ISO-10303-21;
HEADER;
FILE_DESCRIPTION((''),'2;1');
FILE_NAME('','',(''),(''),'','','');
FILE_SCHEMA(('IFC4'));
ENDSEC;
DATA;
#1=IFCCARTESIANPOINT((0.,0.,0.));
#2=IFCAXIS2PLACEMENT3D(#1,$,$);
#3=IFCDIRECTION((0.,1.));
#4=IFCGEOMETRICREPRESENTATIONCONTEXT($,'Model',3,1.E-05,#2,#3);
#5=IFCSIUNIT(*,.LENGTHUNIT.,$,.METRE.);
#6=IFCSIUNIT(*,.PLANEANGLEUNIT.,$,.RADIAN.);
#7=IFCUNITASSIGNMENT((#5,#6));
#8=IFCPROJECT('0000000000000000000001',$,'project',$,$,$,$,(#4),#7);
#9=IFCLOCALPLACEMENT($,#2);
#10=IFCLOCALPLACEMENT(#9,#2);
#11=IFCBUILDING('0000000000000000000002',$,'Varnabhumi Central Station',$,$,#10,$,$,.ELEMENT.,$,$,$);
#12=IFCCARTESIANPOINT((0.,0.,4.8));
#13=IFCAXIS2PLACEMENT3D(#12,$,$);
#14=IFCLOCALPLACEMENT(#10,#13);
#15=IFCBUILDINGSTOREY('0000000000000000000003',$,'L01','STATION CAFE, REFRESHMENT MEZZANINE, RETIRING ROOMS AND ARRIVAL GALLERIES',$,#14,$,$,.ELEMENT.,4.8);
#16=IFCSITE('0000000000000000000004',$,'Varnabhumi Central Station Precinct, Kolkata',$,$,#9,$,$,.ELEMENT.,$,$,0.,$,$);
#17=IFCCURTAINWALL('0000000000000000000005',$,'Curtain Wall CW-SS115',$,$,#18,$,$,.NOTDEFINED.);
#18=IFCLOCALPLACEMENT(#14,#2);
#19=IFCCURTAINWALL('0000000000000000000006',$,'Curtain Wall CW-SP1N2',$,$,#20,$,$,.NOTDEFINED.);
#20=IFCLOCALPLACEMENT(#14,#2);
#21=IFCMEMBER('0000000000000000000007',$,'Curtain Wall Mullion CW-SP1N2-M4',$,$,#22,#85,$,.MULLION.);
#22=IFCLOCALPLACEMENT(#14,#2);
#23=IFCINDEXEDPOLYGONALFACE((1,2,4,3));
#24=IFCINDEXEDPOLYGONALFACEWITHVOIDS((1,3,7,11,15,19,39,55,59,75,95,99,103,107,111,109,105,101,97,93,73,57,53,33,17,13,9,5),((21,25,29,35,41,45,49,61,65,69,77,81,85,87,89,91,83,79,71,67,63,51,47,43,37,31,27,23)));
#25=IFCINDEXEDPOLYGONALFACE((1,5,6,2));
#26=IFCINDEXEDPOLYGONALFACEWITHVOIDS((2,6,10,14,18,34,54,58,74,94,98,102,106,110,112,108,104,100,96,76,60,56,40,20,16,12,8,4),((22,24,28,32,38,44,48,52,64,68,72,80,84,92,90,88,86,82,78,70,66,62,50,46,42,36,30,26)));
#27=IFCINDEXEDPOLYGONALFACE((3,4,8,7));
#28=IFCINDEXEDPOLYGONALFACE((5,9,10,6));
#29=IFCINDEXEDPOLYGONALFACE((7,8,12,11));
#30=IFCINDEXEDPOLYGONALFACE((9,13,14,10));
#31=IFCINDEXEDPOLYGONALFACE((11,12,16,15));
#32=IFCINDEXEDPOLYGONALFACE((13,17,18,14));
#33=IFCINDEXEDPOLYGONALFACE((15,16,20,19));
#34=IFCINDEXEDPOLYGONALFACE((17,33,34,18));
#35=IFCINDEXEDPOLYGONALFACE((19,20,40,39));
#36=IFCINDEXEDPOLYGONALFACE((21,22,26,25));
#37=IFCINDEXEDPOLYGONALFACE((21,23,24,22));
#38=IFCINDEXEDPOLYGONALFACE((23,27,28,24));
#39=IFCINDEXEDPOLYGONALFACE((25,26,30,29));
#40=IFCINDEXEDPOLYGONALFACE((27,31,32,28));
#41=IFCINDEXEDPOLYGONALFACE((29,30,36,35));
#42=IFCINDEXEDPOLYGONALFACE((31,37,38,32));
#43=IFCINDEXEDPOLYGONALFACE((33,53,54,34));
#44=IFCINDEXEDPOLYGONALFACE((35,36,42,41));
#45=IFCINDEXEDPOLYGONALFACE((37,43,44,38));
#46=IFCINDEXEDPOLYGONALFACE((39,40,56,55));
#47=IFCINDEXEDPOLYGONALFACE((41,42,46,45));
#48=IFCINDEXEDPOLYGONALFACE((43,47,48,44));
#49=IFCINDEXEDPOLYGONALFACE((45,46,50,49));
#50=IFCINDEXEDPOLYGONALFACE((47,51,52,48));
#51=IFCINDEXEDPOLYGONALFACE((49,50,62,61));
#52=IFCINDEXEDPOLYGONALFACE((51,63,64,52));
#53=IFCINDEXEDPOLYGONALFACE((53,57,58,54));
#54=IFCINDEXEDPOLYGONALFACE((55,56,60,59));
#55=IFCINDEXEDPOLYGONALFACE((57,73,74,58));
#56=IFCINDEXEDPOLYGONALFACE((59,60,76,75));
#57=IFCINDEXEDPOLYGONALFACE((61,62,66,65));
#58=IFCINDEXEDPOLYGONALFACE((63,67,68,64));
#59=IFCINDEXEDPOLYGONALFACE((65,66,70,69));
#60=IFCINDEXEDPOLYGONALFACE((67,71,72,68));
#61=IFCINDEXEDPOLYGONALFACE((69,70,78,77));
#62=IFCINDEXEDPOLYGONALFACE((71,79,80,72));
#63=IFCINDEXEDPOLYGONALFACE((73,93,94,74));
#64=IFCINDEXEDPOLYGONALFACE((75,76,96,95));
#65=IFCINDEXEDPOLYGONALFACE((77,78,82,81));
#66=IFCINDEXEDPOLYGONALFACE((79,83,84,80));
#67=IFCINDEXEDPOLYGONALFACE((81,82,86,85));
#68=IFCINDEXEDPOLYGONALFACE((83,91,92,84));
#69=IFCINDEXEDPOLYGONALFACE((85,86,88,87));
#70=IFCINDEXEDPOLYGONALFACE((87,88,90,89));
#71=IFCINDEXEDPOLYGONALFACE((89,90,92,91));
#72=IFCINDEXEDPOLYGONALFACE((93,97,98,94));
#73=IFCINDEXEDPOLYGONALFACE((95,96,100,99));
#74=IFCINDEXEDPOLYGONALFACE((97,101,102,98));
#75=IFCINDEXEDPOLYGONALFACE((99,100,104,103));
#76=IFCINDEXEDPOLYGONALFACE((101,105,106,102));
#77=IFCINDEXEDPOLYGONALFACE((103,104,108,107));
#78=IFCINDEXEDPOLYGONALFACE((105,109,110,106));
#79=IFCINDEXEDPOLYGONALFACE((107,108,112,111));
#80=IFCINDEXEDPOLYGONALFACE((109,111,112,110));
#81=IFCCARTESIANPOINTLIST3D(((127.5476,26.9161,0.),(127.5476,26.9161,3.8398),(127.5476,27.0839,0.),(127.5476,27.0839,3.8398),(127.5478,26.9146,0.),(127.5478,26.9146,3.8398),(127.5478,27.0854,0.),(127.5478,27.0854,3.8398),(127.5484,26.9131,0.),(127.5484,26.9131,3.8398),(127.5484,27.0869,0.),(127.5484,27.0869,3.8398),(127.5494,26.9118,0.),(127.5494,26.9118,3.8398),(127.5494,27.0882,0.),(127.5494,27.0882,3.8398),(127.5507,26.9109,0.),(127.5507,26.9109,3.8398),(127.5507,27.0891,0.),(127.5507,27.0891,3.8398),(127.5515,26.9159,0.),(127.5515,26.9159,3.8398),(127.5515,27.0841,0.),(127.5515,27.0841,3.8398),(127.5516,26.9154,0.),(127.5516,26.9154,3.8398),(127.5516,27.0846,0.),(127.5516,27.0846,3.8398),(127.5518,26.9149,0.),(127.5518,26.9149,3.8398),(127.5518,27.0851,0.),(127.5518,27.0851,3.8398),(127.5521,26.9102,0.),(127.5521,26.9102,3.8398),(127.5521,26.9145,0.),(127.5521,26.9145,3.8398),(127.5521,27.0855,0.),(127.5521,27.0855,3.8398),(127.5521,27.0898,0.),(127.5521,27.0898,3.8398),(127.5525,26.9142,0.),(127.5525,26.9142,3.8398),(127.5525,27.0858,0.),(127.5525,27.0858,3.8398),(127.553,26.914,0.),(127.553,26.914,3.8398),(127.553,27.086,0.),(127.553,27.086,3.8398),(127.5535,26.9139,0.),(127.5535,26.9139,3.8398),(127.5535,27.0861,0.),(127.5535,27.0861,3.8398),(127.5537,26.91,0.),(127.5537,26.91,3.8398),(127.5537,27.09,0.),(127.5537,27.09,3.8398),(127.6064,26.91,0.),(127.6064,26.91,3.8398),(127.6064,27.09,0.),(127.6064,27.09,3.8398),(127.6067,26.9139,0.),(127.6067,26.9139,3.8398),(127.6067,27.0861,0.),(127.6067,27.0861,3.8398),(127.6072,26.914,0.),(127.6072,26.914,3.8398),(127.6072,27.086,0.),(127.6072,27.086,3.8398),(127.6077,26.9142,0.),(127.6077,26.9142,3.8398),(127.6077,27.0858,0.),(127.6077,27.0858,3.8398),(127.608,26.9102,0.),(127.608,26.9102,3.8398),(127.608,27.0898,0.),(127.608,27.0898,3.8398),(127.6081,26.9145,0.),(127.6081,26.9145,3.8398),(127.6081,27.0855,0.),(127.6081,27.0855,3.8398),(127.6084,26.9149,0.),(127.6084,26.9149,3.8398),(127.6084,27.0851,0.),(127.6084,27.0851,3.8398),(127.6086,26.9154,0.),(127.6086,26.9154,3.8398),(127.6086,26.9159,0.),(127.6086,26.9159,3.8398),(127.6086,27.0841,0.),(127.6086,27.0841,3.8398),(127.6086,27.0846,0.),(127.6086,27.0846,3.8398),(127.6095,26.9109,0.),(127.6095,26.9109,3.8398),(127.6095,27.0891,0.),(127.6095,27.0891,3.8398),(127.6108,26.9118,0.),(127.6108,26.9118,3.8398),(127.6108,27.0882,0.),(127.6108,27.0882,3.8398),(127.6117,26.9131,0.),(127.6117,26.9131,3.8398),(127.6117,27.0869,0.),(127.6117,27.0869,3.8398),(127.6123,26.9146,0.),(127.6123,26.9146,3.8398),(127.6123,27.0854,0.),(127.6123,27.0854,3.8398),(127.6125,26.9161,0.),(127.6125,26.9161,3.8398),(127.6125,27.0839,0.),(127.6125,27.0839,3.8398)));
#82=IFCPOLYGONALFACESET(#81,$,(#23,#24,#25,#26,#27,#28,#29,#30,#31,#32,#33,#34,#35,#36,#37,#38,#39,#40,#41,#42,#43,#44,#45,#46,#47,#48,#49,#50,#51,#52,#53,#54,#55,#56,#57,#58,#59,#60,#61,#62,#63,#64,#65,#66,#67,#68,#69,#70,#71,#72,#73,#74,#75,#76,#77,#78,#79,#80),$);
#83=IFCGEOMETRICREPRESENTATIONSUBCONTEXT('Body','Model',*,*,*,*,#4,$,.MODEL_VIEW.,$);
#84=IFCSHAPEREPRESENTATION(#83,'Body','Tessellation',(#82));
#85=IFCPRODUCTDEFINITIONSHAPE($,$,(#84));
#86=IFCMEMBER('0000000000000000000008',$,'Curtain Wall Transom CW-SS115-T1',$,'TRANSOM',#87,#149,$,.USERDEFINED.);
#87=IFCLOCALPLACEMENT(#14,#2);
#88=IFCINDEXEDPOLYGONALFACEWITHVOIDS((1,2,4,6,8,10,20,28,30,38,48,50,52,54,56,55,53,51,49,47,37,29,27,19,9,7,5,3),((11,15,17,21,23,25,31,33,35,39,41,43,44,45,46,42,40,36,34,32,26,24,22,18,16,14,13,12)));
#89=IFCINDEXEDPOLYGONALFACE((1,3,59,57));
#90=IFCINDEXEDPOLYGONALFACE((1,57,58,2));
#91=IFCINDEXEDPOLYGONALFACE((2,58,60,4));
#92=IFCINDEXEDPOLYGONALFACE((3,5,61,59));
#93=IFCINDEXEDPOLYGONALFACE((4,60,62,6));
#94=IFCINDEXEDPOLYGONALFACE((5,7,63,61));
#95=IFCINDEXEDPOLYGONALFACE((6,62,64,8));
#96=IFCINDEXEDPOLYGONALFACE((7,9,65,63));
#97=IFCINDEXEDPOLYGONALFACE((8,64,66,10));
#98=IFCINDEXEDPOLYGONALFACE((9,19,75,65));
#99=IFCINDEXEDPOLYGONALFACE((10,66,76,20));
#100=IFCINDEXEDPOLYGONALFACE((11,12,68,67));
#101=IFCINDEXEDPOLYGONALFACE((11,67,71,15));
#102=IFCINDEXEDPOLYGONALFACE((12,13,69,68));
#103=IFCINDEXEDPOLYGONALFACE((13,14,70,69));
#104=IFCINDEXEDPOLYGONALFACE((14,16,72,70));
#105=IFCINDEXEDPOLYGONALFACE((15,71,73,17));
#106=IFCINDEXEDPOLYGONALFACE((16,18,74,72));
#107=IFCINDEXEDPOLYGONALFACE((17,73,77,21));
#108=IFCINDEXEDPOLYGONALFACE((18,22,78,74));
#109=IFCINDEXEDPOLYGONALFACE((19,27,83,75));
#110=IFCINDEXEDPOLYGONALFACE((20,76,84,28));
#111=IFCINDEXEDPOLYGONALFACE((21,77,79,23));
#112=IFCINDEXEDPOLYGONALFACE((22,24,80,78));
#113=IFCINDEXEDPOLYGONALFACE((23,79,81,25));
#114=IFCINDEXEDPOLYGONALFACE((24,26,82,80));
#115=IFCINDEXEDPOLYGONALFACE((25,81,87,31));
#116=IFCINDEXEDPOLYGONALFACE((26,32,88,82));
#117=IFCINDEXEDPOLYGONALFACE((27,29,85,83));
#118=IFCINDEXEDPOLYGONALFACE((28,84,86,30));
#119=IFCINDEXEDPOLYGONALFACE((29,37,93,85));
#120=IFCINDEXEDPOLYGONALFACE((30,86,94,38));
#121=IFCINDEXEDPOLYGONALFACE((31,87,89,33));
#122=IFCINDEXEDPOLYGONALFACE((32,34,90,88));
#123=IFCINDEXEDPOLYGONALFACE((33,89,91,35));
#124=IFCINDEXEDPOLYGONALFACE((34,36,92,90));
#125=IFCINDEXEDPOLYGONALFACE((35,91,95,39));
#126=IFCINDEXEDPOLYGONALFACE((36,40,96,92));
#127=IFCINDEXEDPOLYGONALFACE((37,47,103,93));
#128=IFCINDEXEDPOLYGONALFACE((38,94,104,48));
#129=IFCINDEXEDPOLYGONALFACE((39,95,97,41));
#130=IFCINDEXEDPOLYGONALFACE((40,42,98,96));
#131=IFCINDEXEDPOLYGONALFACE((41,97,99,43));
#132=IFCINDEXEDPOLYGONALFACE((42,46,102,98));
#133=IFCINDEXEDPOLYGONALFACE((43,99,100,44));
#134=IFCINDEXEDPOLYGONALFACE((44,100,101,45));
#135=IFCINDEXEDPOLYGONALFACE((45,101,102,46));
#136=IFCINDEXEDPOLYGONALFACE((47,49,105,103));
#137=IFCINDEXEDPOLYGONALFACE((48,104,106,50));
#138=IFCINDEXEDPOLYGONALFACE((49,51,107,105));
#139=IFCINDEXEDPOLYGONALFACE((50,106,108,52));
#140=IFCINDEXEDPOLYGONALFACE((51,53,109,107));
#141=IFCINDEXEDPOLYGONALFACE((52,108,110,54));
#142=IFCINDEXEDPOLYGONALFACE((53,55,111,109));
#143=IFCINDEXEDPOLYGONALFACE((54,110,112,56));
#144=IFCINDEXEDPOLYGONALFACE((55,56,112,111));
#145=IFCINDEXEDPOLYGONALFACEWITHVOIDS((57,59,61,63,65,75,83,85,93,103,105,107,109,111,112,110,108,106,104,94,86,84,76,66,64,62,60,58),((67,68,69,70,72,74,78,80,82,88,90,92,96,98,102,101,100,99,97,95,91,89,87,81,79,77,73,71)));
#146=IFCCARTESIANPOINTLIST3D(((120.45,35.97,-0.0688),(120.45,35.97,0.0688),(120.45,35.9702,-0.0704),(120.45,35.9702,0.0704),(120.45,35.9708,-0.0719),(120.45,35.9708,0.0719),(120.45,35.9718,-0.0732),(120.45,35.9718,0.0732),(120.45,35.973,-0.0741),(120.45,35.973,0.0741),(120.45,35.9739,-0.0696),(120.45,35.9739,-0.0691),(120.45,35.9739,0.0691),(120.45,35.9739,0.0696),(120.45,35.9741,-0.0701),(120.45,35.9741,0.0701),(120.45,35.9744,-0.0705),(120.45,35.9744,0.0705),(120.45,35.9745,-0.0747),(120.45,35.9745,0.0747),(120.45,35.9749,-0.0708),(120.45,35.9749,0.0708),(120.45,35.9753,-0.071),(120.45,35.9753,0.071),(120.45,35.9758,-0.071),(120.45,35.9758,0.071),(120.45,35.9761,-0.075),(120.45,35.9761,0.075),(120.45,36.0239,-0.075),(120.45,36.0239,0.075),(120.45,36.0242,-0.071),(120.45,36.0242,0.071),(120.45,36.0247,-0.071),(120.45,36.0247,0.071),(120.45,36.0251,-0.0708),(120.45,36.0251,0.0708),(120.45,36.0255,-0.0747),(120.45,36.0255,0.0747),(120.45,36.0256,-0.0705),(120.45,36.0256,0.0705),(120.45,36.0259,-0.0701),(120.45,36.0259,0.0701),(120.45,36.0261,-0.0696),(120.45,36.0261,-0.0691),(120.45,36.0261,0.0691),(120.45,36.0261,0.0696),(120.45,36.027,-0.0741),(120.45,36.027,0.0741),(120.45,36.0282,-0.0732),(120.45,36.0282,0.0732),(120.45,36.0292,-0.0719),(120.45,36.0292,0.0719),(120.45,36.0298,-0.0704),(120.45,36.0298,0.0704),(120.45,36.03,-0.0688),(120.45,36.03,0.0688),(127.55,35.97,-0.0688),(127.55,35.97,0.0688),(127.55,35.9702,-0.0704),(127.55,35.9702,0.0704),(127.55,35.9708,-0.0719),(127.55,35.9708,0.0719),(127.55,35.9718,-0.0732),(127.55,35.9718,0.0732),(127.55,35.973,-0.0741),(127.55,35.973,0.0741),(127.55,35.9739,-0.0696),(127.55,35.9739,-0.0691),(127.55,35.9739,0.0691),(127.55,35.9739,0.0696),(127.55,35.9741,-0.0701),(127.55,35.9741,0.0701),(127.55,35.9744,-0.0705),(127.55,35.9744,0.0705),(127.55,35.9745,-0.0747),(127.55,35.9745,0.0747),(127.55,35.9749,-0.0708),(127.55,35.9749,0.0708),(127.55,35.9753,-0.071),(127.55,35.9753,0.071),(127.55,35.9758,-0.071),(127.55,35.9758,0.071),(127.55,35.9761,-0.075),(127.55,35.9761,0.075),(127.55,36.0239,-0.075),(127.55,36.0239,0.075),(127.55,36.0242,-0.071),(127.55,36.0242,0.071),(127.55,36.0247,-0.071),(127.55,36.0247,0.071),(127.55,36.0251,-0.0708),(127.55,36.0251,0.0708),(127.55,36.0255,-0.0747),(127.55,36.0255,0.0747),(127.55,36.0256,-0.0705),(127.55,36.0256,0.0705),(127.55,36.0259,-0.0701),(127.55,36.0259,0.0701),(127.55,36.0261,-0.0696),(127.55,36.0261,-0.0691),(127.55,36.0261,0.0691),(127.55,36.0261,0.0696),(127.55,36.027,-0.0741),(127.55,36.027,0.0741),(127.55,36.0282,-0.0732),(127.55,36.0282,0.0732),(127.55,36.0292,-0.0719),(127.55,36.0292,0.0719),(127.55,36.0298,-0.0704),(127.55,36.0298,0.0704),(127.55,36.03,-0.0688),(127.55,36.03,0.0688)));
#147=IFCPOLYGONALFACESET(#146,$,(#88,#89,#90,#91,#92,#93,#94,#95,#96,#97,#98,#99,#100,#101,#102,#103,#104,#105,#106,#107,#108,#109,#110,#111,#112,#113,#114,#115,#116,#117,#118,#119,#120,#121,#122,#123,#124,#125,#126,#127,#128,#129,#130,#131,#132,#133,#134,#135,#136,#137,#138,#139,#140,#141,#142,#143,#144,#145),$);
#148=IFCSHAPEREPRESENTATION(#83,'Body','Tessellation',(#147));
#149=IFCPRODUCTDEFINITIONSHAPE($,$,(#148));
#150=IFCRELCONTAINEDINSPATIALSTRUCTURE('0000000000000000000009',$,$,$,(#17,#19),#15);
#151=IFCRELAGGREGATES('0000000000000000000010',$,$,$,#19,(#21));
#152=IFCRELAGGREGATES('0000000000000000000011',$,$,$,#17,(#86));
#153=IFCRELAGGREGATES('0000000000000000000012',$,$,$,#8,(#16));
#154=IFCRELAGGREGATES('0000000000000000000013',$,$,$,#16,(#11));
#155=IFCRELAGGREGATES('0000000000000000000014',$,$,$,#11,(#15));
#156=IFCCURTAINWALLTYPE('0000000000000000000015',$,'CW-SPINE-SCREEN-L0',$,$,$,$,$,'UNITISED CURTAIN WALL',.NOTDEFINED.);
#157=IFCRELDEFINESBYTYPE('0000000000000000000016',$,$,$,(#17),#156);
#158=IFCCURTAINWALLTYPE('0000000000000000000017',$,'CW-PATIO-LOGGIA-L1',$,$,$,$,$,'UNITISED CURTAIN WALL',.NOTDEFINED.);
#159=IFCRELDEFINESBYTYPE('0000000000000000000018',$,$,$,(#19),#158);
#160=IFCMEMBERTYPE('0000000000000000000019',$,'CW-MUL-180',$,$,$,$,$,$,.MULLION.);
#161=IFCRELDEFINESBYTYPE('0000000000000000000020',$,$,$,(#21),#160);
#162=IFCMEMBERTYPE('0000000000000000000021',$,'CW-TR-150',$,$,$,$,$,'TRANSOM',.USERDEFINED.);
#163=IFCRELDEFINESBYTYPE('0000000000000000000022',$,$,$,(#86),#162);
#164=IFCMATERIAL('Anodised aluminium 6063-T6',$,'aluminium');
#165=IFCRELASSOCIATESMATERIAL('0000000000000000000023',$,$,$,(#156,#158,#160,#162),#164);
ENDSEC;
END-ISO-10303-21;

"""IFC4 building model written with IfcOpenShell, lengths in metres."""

from ifc_helpers import new_model, si_unit, direction, frame, origin, origin_2d, place, context, subcontext, project, spatial, hollow_rectangle, extrude, material, material_profile, profile_set, type_object, element, aggregate, save


model = new_model("IFC4")

# Units and contexts
model_context = context("Model", 3, precision=1e-05, world=origin(), true_north=direction((0.0, 1.0)))
body_context = subcontext(model_context, "Body", "Model", "MODEL_VIEW")
ifc_project = project(units=[si_unit("LENGTHUNIT", "METRE"), si_unit("PLANEANGLEUNIT", "RADIAN")], contexts=[model_context])

# Site, building, storey
site_placement = place(None, origin())
site = spatial("IfcSite", under=ifc_project, at=site_placement, Name="Varnabhumi Central Station Precinct, Kolkata", CompositionType="ELEMENT", RefElevation=0.0)
building_placement = place(site_placement, origin())
building = spatial("IfcBuilding", under=site, at=building_placement, Name="Varnabhumi Central Station", CompositionType="ELEMENT")
storey_placement = place(building_placement, frame((0.0, 0.0, 4.8)))
storey = spatial("IfcBuildingStorey", under=building, at=storey_placement, Name="L01", Description="STATION CAFE, REFRESHMENT MEZZANINE, RETIRING ROOMS AND ARRIVAL GALLERIES", CompositionType="ELEMENT", Elevation=4.8)

# Curtain walls, member
ifc_material_1 = material(Name="Anodised aluminium 6063-T6", Category="aluminium")
curtain_wall_type_1 = type_object("IfcCurtainWallType", Name="CW-SPINE-SCREEN-L0", ElementType="UNITISED CURTAIN WALL", PredefinedType="NOTDEFINED", material=ifc_material_1)
curtain_wall_1_placement = place(storey_placement, origin())
curtain_wall_1 = element("IfcCurtainWall", 1, at=curtain_wall_1_placement, inside=storey, type_object=curtain_wall_type_1, Name="Curtain Wall CW-SS115", PredefinedType="NOTDEFINED")
ifc_material_profile_1 = material_profile(ifc_material_1, hollow_rectangle(XDim=0.0649, YDim=0.1799, WallThickness=0.0039, InnerFilletRadius=0.002, OuterFilletRadius=0.0061, at=origin_2d()), Name="Anodised aluminium 6063-T6", Category="aluminium")
ifc_profile_set_1 = profile_set([ifc_material_profile_1], Name="Anodised aluminium 6063-T6")
member_type_1 = type_object("IfcMemberType", Name="CW-MUL-180", PredefinedType="MULLION", material=ifc_profile_set_1)
curtain_wall_type_2 = type_object("IfcCurtainWallType", Name="CW-PATIO-LOGGIA-L1", ElementType="UNITISED CURTAIN WALL", PredefinedType="NOTDEFINED", material=ifc_material_1)
curtain_wall_2_placement = place(storey_placement, origin())
curtain_wall_2 = element("IfcCurtainWall", 2, at=curtain_wall_2_placement, inside=storey, type_object=curtain_wall_type_2, Name="Curtain Wall CW-SP1N2", PredefinedType="NOTDEFINED")
member_1_placement = place(storey_placement, frame((127.5801, 27.0, 0.0), z_axis=(0.0, 0.0, 1.0), x_axis=(1.0, 0.0, 0.0)))
member_1 = element("IfcMember", 3, at=member_1_placement, type_object=member_type_1, Name="Curtain Wall Mullion CW-SP1N2-M4", PredefinedType="MULLION", context=body_context, shape_type="SweptSolid", body=[
    extrude(hollow_rectangle(XDim=0.0649, YDim=0.1799, WallThickness=0.0039, InnerFilletRadius=0.002, OuterFilletRadius=0.0061, at=origin_2d()), origin(), (0.0, 0.0, 1.0), 3.8398),
])

# Member
ifc_material_profile_2 = material_profile(ifc_material_1, hollow_rectangle(XDim=0.0601, YDim=0.1499, WallThickness=0.0039, InnerFilletRadius=0.002, OuterFilletRadius=0.0061, at=origin_2d()), Name="Anodised aluminium 6063-T6", Category="aluminium")
ifc_profile_set_2 = profile_set([ifc_material_profile_2], Name="Anodised aluminium 6063-T6")
member_type_2 = type_object("IfcMemberType", Name="CW-TR-150", ElementType="TRANSOM", PredefinedType="USERDEFINED", material=ifc_profile_set_2)
member_2_placement = place(storey_placement, frame((120.45, 36.0, 0.0), z_axis=(1.0, 0.0, 0.0), x_axis=(0.0, 1.0, 0.0)))
member_2 = element("IfcMember", 4, at=member_2_placement, type_object=member_type_2, Name="Curtain Wall Transom CW-SS115-T1", ObjectType="TRANSOM", PredefinedType="USERDEFINED", context=body_context, shape_type="SweptSolid", body=[
    extrude(hollow_rectangle(XDim=0.0601, YDim=0.1499, WallThickness=0.0039, InnerFilletRadius=0.002, OuterFilletRadius=0.0061, at=origin_2d()), origin(), (0.0, 0.0, 1.0), 7.1001),
])

aggregate(curtain_wall_2, [member_1])
aggregate(curtain_wall_1, [member_2])

save(model, "model.ifc")
